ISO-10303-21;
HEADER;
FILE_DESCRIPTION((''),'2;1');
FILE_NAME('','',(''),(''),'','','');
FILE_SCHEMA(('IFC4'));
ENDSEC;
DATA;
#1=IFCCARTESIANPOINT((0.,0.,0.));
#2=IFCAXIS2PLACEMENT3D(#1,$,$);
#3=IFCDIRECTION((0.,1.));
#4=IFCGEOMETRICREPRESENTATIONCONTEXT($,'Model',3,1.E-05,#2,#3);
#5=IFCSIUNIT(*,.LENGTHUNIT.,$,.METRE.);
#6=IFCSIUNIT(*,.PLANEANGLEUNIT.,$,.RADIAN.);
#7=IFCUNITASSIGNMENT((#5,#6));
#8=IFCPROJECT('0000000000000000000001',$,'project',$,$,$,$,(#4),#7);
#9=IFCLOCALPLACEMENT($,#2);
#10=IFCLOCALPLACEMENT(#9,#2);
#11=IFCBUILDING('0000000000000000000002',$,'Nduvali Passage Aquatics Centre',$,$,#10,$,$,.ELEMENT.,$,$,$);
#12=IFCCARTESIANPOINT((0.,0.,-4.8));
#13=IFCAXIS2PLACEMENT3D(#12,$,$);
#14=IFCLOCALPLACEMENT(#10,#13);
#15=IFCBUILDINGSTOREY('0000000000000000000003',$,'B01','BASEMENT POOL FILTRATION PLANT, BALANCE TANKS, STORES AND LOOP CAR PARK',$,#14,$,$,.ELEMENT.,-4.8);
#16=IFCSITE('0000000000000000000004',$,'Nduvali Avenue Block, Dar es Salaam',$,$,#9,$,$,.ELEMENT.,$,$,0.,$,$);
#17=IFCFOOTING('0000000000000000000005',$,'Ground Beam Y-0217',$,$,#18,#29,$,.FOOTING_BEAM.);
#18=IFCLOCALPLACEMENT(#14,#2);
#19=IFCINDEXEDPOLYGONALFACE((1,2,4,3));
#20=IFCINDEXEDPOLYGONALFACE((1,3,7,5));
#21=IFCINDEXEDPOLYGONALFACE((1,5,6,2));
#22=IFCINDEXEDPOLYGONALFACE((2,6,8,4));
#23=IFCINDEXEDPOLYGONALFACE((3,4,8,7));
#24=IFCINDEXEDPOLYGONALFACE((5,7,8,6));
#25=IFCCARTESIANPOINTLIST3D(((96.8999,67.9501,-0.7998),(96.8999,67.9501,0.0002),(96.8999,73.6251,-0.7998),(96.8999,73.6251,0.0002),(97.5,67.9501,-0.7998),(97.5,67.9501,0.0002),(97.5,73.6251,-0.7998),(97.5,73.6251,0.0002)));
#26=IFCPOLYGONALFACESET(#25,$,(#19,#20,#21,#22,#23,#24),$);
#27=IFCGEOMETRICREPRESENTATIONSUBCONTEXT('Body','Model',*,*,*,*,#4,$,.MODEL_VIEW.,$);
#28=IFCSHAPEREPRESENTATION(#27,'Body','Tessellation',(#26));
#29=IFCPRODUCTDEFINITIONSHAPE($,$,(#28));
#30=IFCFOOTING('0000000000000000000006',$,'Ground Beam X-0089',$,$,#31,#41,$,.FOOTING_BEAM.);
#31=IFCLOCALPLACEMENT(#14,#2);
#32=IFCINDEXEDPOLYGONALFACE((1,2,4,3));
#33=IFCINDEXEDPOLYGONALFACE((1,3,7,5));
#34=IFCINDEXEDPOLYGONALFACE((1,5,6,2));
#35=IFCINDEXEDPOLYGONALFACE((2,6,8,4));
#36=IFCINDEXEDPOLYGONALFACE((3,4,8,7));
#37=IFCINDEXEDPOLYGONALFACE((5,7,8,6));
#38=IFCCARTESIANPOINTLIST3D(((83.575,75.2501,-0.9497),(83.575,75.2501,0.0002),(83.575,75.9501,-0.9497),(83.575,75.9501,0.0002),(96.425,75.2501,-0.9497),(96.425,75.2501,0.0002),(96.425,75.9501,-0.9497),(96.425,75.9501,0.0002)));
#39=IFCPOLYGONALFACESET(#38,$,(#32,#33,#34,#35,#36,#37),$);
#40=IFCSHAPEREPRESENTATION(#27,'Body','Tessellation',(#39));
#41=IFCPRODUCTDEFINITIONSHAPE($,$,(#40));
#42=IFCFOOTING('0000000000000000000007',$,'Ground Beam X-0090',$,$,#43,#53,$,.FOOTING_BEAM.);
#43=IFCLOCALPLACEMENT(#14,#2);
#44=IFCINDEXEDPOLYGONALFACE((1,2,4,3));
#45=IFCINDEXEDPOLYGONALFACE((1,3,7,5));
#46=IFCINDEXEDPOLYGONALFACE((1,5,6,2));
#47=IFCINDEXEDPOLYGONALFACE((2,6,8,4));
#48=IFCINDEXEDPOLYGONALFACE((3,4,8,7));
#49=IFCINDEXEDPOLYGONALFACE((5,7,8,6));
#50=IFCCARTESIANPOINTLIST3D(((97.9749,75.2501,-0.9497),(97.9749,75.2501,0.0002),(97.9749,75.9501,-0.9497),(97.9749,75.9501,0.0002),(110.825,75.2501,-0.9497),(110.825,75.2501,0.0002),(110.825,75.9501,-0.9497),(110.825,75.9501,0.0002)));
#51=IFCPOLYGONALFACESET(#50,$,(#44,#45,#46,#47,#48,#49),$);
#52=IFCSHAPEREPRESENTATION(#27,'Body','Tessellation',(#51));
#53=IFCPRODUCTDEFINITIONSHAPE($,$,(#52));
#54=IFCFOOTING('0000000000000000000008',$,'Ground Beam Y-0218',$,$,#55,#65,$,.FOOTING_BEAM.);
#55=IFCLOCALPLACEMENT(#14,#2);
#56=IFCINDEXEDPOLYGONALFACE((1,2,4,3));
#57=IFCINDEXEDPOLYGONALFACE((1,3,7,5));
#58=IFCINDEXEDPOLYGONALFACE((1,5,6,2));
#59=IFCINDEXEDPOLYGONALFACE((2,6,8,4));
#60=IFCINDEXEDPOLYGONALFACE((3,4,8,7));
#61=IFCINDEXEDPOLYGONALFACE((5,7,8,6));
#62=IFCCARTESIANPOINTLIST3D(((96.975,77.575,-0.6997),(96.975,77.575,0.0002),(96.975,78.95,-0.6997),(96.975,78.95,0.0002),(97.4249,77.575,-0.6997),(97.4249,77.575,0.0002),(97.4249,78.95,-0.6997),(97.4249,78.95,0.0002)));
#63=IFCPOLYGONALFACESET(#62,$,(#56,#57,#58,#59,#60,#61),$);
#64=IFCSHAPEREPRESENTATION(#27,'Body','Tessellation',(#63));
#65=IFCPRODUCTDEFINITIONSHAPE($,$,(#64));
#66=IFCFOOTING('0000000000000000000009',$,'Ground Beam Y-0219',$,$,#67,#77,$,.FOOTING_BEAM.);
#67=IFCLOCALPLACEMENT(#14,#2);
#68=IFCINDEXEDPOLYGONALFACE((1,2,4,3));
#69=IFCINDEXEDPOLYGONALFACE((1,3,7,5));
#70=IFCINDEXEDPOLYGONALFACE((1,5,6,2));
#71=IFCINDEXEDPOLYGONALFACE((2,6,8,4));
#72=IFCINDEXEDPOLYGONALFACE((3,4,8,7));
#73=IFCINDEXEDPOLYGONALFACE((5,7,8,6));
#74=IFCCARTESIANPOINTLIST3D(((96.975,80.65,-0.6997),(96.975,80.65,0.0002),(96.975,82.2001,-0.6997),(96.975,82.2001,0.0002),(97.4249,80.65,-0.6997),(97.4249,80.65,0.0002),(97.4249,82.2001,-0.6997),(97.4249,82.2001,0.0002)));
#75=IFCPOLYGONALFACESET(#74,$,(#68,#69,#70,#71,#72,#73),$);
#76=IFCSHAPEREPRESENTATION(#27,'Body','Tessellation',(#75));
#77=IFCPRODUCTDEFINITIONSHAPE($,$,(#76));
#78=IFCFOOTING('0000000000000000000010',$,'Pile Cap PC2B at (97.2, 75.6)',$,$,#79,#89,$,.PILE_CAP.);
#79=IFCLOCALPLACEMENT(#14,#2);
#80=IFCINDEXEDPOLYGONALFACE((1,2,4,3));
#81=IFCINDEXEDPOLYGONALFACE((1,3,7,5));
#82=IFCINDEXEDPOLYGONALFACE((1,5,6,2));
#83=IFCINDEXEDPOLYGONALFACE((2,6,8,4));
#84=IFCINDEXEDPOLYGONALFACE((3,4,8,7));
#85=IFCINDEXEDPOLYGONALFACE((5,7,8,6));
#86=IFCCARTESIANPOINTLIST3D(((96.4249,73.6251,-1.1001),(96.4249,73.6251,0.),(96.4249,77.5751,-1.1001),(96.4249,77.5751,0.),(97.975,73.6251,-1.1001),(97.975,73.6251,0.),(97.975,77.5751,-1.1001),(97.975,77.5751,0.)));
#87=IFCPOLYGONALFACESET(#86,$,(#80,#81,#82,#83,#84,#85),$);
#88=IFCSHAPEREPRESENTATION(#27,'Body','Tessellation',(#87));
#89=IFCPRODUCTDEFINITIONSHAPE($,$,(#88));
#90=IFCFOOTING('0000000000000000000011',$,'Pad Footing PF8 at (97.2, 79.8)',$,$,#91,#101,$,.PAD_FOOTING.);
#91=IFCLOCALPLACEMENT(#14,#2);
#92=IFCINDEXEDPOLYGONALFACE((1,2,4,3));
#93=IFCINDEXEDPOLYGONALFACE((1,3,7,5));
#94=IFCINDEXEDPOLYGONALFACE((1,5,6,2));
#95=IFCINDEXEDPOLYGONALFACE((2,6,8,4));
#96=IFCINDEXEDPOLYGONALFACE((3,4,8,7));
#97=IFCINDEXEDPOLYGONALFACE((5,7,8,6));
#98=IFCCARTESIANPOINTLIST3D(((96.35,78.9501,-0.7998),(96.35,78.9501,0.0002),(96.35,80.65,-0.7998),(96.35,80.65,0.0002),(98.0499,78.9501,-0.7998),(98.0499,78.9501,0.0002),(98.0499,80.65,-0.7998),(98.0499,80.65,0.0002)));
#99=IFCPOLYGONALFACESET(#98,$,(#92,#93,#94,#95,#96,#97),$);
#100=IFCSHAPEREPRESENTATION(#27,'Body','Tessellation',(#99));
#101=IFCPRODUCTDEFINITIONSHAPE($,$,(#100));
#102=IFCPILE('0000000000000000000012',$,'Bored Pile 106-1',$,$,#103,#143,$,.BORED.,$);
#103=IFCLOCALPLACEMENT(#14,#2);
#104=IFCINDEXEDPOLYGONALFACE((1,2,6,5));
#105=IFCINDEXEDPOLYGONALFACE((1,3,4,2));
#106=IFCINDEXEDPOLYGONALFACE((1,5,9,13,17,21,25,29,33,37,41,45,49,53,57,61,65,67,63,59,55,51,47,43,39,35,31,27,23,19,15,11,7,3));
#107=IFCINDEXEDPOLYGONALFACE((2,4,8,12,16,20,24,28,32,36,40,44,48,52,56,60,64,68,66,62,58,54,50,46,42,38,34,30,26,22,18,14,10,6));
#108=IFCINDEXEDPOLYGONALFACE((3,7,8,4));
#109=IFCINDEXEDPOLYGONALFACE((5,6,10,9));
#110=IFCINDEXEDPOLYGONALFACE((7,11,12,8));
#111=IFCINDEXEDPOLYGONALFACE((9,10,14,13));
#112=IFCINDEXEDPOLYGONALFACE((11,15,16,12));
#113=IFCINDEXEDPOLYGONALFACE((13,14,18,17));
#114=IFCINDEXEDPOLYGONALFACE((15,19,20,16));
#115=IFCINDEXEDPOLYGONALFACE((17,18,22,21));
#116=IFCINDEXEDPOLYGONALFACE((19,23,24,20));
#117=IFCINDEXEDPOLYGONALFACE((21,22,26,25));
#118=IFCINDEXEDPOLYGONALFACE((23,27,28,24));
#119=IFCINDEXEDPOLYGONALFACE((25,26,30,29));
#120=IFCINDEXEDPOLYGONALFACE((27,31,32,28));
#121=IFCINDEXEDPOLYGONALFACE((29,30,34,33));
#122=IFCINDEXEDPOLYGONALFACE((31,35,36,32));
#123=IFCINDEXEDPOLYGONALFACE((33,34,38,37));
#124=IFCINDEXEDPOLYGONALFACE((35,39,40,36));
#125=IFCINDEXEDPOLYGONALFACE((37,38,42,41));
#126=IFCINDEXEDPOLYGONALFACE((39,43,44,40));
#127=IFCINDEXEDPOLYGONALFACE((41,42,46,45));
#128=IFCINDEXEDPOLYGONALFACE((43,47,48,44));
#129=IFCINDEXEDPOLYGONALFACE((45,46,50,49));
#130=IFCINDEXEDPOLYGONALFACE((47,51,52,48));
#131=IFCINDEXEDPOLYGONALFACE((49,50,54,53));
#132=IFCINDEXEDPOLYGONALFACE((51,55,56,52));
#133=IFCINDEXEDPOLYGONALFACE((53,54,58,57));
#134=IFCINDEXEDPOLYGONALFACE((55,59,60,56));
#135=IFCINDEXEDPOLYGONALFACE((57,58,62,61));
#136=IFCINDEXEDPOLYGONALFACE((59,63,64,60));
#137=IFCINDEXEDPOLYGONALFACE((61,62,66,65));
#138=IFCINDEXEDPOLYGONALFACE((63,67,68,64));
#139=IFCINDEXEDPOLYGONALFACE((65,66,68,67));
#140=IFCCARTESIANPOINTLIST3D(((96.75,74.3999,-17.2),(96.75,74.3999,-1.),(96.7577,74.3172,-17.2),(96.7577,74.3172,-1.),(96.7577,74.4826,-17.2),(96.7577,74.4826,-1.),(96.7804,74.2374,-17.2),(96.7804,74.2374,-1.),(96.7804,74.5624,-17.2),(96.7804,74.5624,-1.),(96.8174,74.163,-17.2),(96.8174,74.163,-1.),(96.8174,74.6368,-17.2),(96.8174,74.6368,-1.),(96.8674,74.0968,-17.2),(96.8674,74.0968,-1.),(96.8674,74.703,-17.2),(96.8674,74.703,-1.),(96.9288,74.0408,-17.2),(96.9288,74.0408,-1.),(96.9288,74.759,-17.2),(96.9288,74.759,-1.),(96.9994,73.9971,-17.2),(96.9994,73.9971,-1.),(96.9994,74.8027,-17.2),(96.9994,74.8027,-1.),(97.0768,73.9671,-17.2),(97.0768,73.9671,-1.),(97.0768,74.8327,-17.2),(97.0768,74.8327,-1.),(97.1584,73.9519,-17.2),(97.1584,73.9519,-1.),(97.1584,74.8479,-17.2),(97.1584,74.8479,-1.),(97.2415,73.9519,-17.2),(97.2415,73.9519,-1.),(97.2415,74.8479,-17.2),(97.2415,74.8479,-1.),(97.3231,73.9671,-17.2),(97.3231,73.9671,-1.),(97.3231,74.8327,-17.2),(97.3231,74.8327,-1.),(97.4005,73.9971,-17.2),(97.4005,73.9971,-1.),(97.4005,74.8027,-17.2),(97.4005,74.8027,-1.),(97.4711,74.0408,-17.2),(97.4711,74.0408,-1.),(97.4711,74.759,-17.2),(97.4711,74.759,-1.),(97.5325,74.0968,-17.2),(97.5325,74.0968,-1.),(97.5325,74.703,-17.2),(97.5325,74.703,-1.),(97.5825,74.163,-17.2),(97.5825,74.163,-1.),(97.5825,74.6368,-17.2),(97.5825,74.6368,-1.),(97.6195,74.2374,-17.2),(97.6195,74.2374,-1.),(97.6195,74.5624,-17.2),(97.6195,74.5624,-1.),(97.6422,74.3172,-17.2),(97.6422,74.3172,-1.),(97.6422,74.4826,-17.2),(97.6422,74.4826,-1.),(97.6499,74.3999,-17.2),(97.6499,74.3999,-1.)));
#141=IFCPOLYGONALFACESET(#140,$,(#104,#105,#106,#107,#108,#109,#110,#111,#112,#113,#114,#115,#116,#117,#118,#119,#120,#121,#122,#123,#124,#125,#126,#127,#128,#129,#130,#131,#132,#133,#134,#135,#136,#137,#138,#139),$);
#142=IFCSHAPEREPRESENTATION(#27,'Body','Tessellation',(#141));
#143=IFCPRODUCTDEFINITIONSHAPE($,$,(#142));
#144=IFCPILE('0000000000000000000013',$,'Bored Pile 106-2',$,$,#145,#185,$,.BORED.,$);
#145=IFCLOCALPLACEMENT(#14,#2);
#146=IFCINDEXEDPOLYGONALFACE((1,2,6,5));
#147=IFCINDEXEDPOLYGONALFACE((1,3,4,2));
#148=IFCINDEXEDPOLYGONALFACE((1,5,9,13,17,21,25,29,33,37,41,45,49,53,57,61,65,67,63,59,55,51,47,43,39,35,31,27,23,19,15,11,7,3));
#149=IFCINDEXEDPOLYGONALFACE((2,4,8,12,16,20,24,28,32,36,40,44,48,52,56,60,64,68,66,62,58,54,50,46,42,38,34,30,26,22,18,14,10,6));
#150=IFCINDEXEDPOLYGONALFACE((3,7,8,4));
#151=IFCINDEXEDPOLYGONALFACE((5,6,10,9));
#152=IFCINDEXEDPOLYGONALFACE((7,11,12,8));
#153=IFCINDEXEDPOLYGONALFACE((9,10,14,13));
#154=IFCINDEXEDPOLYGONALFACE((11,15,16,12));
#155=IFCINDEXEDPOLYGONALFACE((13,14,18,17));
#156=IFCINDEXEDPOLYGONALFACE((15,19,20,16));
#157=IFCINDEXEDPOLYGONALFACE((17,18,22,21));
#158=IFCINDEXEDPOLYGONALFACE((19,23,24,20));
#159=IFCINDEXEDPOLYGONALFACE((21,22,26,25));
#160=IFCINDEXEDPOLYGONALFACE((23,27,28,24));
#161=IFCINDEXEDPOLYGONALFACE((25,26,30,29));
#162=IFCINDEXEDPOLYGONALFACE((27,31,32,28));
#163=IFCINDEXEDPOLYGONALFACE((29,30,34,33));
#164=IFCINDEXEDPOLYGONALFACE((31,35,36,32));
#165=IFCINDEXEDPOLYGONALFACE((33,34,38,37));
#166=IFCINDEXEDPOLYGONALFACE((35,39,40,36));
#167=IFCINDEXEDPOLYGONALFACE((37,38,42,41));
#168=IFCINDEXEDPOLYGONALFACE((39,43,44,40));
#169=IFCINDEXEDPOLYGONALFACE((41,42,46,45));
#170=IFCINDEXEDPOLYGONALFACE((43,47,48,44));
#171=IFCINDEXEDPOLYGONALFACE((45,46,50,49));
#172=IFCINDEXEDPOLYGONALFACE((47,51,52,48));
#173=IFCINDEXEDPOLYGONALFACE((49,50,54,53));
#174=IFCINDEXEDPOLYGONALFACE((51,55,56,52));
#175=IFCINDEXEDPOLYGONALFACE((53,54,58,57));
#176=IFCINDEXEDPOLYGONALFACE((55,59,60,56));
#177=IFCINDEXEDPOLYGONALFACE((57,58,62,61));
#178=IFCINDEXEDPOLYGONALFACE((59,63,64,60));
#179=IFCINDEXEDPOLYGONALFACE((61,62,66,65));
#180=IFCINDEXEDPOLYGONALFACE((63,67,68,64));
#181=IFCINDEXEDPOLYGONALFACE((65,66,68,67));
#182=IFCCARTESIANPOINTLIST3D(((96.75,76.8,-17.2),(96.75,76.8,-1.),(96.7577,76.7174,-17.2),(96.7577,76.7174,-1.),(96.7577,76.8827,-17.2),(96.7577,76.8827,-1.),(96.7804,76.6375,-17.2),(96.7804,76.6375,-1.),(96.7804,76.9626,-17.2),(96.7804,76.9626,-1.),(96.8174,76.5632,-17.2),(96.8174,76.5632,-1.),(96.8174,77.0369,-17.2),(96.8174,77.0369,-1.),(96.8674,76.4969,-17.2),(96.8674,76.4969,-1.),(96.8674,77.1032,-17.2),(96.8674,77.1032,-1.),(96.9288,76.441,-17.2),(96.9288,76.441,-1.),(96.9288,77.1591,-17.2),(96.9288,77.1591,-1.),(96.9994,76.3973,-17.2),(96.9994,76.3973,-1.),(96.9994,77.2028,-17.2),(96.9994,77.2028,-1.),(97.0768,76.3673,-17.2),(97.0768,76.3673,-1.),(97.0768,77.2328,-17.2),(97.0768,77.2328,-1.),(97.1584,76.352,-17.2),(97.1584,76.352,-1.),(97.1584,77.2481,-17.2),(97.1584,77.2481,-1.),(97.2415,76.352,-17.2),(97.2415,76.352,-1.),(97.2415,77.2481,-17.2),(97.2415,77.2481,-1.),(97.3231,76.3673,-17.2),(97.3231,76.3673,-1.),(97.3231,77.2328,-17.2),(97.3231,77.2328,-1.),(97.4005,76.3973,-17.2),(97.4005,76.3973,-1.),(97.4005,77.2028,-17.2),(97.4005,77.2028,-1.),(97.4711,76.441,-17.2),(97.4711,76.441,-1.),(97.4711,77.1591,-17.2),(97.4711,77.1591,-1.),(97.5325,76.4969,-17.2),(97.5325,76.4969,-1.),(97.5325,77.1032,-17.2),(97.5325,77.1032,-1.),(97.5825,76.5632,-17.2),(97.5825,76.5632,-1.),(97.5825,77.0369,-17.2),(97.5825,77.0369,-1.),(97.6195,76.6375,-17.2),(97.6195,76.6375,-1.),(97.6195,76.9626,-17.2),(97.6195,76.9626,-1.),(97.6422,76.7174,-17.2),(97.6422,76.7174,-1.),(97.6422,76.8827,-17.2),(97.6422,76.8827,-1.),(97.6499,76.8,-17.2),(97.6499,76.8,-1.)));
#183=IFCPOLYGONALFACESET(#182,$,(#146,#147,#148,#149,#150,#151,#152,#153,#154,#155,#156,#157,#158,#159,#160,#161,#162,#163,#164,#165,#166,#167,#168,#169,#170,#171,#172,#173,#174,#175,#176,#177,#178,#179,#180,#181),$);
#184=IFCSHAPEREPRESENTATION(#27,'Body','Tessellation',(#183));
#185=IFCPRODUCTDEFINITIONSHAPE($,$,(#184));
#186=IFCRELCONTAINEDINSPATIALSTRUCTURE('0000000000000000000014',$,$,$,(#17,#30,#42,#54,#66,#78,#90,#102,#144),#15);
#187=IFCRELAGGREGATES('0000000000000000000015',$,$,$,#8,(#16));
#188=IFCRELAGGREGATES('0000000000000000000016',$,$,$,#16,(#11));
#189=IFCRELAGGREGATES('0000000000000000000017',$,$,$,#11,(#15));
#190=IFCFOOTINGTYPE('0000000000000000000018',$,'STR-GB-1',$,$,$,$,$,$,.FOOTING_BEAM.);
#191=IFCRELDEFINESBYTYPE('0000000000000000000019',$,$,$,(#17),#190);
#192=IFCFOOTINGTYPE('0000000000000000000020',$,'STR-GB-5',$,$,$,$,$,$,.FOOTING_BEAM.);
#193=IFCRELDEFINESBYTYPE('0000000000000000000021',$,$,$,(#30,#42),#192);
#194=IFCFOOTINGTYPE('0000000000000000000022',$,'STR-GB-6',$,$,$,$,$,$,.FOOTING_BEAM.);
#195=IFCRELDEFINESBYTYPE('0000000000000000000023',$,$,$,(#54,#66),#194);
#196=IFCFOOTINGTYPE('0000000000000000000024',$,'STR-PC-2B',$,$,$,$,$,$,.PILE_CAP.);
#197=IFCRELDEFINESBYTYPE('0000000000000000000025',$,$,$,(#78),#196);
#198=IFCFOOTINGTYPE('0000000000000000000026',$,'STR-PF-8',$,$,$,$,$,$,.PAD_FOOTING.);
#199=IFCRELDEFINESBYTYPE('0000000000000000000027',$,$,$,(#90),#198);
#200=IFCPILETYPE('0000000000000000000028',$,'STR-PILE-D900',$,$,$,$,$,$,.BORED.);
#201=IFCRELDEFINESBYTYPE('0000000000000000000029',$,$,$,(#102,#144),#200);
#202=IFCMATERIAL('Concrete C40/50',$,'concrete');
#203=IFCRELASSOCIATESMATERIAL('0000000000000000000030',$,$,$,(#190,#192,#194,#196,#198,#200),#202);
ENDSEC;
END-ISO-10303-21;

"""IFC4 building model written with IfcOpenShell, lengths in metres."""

from ifc_helpers import new_model, si_unit, direction, frame, origin, origin_2d, place, context, subcontext, project, spatial, rectangle, circle, extrude, material, material_profile, profile_set, type_object, element, save


model = new_model("IFC4")

# Units and contexts
model_context = context("Model", 3, precision=1e-05, world=origin(), true_north=direction((0.0, 1.0)))
body_context = subcontext(model_context, "Body", "Model", "MODEL_VIEW")
ifc_project = project(units=[si_unit("LENGTHUNIT", "METRE"), si_unit("PLANEANGLEUNIT", "RADIAN")], contexts=[model_context])

# Site, building, storey
site_placement = place(None, origin())
site = spatial("IfcSite", under=ifc_project, at=site_placement, Name="Nduvali Avenue Block, Dar es Salaam", CompositionType="ELEMENT", RefElevation=0.0)
building_placement = place(site_placement, origin())
building = spatial("IfcBuilding", under=site, at=building_placement, Name="Nduvali Passage Aquatics Centre", CompositionType="ELEMENT")
storey_placement = place(building_placement, frame((0.0, 0.0, -4.8)))
storey = spatial("IfcBuildingStorey", under=building, at=storey_placement, Name="B01", Description="BASEMENT POOL FILTRATION PLANT, BALANCE TANKS, STORES AND LOOP CAR PARK", CompositionType="ELEMENT", Elevation=-4.8)

# Footings
ifc_material_1 = material(Name="Concrete C40/50", Category="concrete")
footing_type_1 = type_object("IfcFootingType", Name="STR-GB-1", PredefinedType="FOOTING_BEAM", material=ifc_material_1)
footing_1_placement = place(storey_placement, frame((97.2, 70.7876, -0.7998), z_axis=(0.0, 0.0, 1.0), x_axis=(0.0, 1.0, 0.0)))
element("IfcFooting", 1, at=footing_1_placement, inside=storey, type_object=footing_type_1, Name="Ground Beam Y-0217", PredefinedType="FOOTING_BEAM", context=body_context, shape_type="SweptSolid", body=[
    extrude(rectangle(XDim=5.675, YDim=0.6001, at=origin_2d()), origin(), (0.0, 0.0, 1.0), 0.8),
])
footing_type_2 = type_object("IfcFootingType", Name="STR-GB-5", PredefinedType="FOOTING_BEAM", material=ifc_material_1)
for number, where, z_axis, x_axis, name in (
    (2, (90.0, 75.6001, -0.9497), (0.0, 0.0, 1.0), (1.0, 0.0, 0.0), "Ground Beam X-0089"),
    (3, (104.3999, 75.6001, -0.9497), (0.0, 0.0, 1.0), (1.0, 0.0, 0.0), "Ground Beam X-0090"),
):
    element("IfcFooting", number, at=place(storey_placement, frame(where, z_axis=z_axis, x_axis=x_axis)), inside=storey, type_object=footing_type_2, Name=name, PredefinedType="FOOTING_BEAM", context=body_context, shape_type="SweptSolid", body=[
        extrude(rectangle(XDim=12.8501, YDim=0.7, at=origin_2d()), origin(), (0.0, 0.0, 1.0), 0.95),
    ])
footing_type_3 = type_object("IfcFootingType", Name="STR-GB-6", PredefinedType="FOOTING_BEAM", material=ifc_material_1)
footing_2_placement = place(storey_placement, frame((97.2, 78.2625, -0.6997), z_axis=(0.0, 0.0, 1.0), x_axis=(0.0, 1.0, 0.0)))
element("IfcFooting", 4, at=footing_2_placement, inside=storey, type_object=footing_type_3, Name="Ground Beam Y-0218", PredefinedType="FOOTING_BEAM", context=body_context, shape_type="SweptSolid", body=[
    extrude(rectangle(XDim=1.375, YDim=0.45, at=origin_2d()), origin(), (0.0, 0.0, 1.0), 0.7),
])
footing_3_placement = place(storey_placement, frame((97.2, 81.425, -0.6997), z_axis=(0.0, 0.0, 1.0), x_axis=(0.0, 1.0, 0.0)))
element("IfcFooting", 5, at=footing_3_placement, inside=storey, type_object=footing_type_3, Name="Ground Beam Y-0219", PredefinedType="FOOTING_BEAM", context=body_context, shape_type="SweptSolid", body=[
    extrude(rectangle(XDim=1.55, YDim=0.45, at=origin_2d()), origin(), (0.0, 0.0, 1.0), 0.7),
])
footing_type_4 = type_object("IfcFootingType", Name="STR-PC-2B", PredefinedType="PILE_CAP", material=ifc_material_1)
footing_4_placement = place(storey_placement, frame((97.2, 75.6001, -1.1001), z_axis=(0.0, 0.0, 1.0), x_axis=(1.0, 0.0, 0.0)))
element("IfcFooting", 6, at=footing_4_placement, inside=storey, type_object=footing_type_4, Name="Pile Cap PC2B at (97.2, 75.6)", PredefinedType="PILE_CAP", context=body_context, shape_type="SweptSolid", body=[
    extrude(rectangle(XDim=1.55, YDim=3.95, at=origin_2d()), origin(), (0.0, 0.0, 1.0), 1.1001),
])
footing_type_5 = type_object("IfcFootingType", Name="STR-PF-8", PredefinedType="PAD_FOOTING", material=ifc_material_1)
footing_5_placement = place(storey_placement, frame((97.2, 79.8, -0.7998), z_axis=(0.0, 0.0, 1.0), x_axis=(1.0, 0.0, 0.0)))
element("IfcFooting", 7, at=footing_5_placement, inside=storey, type_object=footing_type_5, Name="Pad Footing PF8 at (97.2, 79.8)", PredefinedType="PAD_FOOTING", context=body_context, shape_type="SweptSolid", body=[
    extrude(rectangle(XDim=1.7, YDim=1.7, at=origin_2d()), origin(), (0.0, 0.0, 1.0), 0.8),
])

# Piles
ifc_material_profile_1 = material_profile(ifc_material_1, circle(Radius=0.45, at=origin_2d()), Name="PILE D900")
ifc_profile_set_1 = profile_set([ifc_material_profile_1], Name="Concrete C40/50")
pile_type = type_object("IfcPileType", Name="STR-PILE-D900", PredefinedType="BORED", material=ifc_profile_set_1)
for number, where, z_axis, x_axis, name in (
    (8, (97.2, 74.3999, -1.0), (0.0, 0.0, -1.0), (1.0, 0.0, 0.0), "Bored Pile 106-1"),
    (9, (97.2, 76.8, -1.0), (0.0, 0.0, -1.0), (1.0, 0.0, 0.0), "Bored Pile 106-2"),
):
    element("IfcPile", number, at=place(storey_placement, frame(where, z_axis=z_axis, x_axis=x_axis)), inside=storey, type_object=pile_type, Name=name, PredefinedType="BORED", context=body_context, shape_type="SweptSolid", body=[
        extrude(circle(Radius=0.45, at=origin_2d()), origin(), (0.0, 0.0, 1.0), 16.2),
    ])

save(model, "model.ifc")
